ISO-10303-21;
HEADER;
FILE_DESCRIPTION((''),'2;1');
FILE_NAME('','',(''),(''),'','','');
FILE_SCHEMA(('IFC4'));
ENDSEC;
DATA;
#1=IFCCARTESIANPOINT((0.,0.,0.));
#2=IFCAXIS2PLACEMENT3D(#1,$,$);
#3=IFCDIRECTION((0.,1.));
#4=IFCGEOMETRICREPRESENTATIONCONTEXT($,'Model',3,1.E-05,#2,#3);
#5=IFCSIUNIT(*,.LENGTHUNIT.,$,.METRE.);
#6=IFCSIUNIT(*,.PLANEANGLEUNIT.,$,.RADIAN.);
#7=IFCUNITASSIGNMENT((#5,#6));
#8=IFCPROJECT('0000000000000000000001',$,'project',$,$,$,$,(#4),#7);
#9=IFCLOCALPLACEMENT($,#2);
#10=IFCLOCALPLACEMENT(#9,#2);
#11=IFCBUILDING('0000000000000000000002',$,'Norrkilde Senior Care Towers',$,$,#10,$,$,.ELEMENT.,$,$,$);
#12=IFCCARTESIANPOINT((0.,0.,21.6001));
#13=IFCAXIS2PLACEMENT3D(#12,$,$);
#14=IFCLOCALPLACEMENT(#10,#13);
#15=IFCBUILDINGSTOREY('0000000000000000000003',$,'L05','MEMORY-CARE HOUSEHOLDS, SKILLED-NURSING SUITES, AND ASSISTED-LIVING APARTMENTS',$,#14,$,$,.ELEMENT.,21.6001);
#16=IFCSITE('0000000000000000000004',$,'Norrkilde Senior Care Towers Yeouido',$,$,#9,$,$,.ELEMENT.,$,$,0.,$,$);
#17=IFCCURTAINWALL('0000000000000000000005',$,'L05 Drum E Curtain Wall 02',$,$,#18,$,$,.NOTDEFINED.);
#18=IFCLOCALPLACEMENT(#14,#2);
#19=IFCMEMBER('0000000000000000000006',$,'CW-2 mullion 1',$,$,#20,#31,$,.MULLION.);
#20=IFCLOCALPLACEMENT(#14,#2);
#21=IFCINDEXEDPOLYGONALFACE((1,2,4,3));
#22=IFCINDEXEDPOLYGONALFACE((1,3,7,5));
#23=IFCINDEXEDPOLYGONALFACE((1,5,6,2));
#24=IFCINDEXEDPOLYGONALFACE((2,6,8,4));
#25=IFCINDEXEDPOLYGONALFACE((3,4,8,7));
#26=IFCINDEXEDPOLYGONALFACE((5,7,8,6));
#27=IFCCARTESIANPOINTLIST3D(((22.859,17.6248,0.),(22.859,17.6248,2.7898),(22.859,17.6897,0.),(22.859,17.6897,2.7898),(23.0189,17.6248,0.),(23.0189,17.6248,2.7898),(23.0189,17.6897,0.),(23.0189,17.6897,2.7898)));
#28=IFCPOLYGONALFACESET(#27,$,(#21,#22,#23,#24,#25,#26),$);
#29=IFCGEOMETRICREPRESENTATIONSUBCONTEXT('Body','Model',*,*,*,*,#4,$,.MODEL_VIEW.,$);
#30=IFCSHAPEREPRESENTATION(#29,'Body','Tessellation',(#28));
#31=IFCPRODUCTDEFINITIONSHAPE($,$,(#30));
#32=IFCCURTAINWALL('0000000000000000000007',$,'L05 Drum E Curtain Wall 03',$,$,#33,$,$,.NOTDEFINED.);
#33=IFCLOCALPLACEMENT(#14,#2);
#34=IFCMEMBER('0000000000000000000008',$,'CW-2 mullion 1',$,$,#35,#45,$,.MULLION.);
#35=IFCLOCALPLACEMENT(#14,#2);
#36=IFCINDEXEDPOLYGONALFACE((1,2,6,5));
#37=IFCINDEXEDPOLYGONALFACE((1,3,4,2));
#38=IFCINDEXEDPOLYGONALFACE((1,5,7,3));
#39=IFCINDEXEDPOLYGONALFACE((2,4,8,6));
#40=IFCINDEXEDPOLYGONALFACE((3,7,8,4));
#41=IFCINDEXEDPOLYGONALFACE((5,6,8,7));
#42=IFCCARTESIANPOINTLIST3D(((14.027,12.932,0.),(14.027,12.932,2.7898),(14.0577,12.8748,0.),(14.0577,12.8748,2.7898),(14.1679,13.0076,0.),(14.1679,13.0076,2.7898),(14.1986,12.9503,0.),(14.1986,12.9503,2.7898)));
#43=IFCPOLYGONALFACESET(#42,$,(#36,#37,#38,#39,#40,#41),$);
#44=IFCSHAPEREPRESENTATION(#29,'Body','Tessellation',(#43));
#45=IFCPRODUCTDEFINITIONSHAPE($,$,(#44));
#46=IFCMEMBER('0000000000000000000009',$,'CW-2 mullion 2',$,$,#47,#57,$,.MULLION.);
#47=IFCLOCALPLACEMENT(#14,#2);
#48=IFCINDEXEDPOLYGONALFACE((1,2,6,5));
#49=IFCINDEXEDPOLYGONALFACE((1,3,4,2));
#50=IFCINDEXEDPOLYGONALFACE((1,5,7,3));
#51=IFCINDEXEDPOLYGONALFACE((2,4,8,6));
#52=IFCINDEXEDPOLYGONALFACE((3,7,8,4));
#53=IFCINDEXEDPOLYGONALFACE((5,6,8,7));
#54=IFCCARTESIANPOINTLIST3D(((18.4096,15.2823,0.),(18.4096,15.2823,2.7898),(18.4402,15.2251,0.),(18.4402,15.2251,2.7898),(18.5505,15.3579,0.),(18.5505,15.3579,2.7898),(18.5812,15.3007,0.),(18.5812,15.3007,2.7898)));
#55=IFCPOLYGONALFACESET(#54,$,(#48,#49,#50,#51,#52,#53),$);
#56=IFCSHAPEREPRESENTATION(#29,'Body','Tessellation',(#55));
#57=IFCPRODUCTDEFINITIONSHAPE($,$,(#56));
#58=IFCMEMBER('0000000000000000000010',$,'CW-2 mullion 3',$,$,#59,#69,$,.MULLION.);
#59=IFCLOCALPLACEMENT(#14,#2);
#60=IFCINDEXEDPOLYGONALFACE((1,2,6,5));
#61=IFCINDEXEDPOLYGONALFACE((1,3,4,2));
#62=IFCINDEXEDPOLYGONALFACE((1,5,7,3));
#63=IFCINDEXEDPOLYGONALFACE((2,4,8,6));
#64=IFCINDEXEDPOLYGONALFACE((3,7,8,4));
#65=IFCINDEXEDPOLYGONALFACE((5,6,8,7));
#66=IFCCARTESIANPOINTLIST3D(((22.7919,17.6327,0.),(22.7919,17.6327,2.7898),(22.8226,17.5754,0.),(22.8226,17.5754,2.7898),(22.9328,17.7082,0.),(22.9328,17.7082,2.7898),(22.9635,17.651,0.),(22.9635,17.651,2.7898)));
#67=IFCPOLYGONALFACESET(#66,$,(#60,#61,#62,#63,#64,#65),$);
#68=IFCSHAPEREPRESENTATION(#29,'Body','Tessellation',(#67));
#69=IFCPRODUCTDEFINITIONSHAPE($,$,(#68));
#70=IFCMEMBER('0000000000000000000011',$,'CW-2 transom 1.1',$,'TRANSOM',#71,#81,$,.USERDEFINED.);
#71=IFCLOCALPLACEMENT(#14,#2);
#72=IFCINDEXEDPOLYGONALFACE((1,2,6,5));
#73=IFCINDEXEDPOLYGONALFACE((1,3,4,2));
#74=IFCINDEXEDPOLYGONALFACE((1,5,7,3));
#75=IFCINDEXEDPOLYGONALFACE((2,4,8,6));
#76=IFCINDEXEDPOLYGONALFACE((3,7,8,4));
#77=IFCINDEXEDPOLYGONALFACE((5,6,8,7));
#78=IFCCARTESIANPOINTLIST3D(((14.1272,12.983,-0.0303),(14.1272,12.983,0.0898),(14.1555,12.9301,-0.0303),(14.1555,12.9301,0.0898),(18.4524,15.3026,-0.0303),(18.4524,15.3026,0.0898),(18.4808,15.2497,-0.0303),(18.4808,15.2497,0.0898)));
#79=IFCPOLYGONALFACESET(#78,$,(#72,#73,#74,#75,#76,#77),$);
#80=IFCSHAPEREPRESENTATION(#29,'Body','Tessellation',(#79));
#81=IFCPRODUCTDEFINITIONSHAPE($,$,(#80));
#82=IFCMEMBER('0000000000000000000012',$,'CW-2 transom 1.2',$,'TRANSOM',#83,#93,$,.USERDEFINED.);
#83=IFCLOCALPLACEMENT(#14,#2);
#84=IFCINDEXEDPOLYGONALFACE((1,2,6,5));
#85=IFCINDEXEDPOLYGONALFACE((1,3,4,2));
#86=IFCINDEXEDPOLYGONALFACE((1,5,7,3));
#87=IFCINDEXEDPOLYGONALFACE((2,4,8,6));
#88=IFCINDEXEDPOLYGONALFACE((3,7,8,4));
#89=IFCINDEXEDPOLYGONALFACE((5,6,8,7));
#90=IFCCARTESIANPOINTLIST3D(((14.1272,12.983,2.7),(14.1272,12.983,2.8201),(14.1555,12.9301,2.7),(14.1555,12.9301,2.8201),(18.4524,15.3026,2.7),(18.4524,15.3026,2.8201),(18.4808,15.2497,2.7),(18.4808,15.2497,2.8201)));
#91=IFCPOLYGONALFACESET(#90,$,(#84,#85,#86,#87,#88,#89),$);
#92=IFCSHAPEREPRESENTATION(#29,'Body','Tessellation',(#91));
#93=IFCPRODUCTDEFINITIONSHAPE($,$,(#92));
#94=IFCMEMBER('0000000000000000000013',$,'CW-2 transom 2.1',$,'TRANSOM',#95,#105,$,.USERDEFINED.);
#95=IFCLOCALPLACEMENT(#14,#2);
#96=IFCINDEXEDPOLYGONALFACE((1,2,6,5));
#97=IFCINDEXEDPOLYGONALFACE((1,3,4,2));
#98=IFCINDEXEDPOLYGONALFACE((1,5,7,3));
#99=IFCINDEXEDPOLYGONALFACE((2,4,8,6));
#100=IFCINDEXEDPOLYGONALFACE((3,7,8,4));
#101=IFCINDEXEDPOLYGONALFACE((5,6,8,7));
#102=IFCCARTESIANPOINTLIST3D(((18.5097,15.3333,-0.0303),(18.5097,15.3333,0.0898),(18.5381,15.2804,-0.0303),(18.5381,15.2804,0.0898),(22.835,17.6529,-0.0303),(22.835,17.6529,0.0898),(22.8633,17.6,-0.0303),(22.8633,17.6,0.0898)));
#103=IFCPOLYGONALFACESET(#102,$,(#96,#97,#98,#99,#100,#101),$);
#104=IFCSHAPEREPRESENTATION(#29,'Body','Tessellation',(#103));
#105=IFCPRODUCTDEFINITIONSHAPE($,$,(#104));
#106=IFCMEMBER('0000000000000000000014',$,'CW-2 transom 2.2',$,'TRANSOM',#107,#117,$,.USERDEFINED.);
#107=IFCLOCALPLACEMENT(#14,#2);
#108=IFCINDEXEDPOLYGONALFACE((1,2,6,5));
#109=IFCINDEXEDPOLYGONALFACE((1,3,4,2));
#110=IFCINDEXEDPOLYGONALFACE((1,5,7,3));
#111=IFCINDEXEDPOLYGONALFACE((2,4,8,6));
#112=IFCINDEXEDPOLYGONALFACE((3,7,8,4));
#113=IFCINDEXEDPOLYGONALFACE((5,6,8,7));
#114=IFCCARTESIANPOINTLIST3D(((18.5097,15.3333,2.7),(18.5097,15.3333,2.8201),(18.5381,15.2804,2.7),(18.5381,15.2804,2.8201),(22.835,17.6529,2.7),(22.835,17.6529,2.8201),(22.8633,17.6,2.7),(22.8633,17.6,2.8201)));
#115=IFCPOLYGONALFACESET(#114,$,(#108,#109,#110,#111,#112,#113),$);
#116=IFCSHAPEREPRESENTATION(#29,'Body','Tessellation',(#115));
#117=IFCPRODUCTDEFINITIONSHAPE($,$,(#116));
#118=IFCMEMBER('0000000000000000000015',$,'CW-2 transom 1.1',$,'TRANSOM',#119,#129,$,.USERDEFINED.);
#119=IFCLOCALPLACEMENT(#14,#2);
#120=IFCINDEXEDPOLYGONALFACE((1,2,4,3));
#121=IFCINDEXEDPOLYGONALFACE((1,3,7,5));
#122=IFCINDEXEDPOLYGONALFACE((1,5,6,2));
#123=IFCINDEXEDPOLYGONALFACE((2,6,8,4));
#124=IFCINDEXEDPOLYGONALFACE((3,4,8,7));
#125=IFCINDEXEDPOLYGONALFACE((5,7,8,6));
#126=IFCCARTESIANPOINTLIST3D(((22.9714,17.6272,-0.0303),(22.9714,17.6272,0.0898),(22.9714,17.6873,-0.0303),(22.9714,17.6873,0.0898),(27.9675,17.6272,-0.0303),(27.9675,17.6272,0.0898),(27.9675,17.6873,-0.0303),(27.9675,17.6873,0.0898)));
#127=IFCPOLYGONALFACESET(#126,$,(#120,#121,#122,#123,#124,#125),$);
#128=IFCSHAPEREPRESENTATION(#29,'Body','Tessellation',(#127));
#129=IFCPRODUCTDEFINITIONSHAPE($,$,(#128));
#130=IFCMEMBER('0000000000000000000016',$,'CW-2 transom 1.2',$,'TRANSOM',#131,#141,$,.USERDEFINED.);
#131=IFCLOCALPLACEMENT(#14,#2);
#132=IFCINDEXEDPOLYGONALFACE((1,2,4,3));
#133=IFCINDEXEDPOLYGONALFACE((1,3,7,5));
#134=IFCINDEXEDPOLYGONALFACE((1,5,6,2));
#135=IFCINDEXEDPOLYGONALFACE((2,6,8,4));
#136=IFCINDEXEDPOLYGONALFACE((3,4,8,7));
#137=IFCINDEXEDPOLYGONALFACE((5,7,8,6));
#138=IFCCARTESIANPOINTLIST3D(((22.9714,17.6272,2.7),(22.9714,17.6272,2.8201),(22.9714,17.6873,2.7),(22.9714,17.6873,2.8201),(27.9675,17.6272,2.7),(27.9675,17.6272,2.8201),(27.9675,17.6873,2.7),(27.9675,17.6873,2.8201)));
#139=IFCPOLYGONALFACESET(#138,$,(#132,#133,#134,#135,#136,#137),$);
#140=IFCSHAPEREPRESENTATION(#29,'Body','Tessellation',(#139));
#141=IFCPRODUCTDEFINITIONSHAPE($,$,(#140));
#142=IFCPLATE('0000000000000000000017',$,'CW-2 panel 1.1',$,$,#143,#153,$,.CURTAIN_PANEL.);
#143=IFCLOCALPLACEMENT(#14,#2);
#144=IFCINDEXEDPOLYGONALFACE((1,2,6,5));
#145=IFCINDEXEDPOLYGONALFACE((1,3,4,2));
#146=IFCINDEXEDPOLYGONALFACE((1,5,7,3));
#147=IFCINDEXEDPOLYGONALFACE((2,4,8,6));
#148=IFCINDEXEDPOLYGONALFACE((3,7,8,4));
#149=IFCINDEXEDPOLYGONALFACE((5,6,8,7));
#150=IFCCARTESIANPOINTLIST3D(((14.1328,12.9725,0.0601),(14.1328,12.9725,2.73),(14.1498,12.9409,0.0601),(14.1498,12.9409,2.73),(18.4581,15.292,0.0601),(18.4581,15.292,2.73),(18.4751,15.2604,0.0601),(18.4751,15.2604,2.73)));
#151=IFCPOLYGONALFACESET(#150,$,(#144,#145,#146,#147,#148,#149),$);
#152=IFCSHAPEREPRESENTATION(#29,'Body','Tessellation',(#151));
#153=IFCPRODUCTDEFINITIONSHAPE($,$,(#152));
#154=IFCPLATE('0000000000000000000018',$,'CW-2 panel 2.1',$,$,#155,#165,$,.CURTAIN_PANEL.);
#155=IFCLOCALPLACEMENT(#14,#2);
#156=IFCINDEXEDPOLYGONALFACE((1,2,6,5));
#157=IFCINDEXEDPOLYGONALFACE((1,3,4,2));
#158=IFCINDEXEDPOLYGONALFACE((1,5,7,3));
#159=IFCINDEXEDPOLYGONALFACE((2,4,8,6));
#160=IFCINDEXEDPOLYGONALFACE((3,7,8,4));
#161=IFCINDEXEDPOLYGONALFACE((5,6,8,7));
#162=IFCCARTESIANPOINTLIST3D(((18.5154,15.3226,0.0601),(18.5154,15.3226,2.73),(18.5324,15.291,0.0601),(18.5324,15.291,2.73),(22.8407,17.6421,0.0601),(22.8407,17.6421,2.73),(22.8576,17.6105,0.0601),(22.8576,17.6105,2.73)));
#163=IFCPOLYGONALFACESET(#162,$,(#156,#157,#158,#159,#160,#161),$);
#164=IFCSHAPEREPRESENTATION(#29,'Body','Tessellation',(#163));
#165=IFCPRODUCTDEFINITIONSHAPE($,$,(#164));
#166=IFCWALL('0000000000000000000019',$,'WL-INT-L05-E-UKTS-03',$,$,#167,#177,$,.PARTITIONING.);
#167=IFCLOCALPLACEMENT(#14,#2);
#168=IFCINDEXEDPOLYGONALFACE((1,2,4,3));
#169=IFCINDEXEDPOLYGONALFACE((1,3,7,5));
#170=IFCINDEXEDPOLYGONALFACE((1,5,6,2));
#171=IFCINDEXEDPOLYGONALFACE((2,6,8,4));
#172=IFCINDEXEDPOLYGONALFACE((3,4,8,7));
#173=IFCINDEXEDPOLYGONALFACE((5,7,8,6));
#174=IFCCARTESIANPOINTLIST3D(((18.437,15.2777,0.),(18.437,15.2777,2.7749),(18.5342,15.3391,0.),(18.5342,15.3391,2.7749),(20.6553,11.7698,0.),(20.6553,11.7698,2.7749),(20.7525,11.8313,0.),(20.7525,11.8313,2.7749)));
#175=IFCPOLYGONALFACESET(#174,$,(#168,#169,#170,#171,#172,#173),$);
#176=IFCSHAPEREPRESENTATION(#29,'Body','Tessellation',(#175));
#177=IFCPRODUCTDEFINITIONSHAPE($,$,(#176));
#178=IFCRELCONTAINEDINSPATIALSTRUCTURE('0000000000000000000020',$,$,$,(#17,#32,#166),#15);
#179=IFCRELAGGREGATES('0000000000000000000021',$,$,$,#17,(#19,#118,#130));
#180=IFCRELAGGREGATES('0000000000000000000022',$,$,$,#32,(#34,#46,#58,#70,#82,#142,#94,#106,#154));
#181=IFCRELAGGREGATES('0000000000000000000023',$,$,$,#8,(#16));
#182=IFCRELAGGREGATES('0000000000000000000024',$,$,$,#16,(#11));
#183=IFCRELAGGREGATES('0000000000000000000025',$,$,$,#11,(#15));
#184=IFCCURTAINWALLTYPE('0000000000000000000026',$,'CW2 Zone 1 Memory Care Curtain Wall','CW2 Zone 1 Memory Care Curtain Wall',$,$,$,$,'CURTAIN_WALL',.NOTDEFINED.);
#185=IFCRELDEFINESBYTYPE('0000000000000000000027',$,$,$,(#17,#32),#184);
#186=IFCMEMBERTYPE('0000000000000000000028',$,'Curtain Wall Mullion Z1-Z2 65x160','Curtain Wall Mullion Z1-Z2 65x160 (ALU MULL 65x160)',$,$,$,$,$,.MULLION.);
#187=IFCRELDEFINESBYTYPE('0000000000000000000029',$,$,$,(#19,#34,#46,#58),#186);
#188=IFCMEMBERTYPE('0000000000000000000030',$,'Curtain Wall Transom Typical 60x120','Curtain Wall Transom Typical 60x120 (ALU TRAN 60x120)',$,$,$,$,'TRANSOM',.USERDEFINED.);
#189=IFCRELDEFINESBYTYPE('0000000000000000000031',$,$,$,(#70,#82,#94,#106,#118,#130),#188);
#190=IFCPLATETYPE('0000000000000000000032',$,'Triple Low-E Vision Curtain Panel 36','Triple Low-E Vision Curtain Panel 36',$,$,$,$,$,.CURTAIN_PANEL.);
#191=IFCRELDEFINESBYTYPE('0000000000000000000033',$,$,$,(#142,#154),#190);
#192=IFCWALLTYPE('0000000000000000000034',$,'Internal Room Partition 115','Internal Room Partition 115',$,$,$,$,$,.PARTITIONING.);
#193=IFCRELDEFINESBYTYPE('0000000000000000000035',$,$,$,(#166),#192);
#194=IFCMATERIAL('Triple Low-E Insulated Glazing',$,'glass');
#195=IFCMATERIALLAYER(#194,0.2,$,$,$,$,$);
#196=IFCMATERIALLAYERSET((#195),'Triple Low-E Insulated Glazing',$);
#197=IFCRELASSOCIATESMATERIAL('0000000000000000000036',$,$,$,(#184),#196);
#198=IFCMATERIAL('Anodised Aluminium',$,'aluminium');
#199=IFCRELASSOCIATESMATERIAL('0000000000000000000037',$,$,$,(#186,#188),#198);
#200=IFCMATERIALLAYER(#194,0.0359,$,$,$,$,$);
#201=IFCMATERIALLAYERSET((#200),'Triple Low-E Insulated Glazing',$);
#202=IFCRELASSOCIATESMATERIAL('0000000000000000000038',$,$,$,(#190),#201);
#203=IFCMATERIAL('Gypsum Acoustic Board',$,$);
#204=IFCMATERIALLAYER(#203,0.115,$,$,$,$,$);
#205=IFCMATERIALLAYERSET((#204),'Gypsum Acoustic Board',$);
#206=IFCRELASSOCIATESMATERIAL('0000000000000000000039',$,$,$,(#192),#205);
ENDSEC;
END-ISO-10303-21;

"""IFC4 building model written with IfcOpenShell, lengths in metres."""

from ifc_helpers import new_model, si_unit, direction, frame, frame_2d, origin, origin_2d, place, context, subcontext, project, spatial, rectangle, extrude, source, transform, mapped, material, layer, layer_set, material_profile, profile_set, type_object, type_shapes, element, aggregate, save


model = new_model("IFC4")

# Units and contexts
model_context = context("Model", 3, precision=1e-05, world=origin(), true_north=direction((0.0, 1.0)))
body_context = subcontext(model_context, "Body", "Model", "MODEL_VIEW")
ifc_project = project(units=[si_unit("LENGTHUNIT", "METRE"), si_unit("PLANEANGLEUNIT", "RADIAN")], contexts=[model_context])

# Site, building, storey
site_placement = place(None, origin())
site = spatial("IfcSite", under=ifc_project, at=site_placement, Name="Norrkilde Senior Care Towers Yeouido", CompositionType="ELEMENT", RefElevation=0.0)
building_placement = place(site_placement, origin())
building = spatial("IfcBuilding", under=site, at=building_placement, Name="Norrkilde Senior Care Towers", CompositionType="ELEMENT")
storey_placement = place(building_placement, frame((0.0, 0.0, 21.6001)))
storey = spatial("IfcBuildingStorey", under=building, at=storey_placement, Name="L05", Description="MEMORY-CARE HOUSEHOLDS, SKILLED-NURSING SUITES, AND ASSISTED-LIVING APARTMENTS", CompositionType="ELEMENT", Elevation=21.6001)

# Curtain wall, member
ifc_material_1 = material(Name="Triple Low-E Insulated Glazing", Category="glass")
ifc_layer_1 = layer(ifc_material_1, 0.2)
ifc_layer_set_1 = layer_set([ifc_layer_1], Name="Triple Low-E Insulated Glazing")
curtain_wall_type = type_object("IfcCurtainWallType", Name="CW2 Zone 1 Memory Care Curtain Wall", Description="CW2 Zone 1 Memory Care Curtain Wall", ElementType="CURTAIN_WALL", PredefinedType="NOTDEFINED", material=ifc_layer_set_1)
curtain_wall_1_placement = place(storey_placement, origin())
curtain_wall_1 = element("IfcCurtainWall", 1, at=curtain_wall_1_placement, inside=storey, type_object=curtain_wall_type, Name="L05 Drum E Curtain Wall 02", PredefinedType="NOTDEFINED")
ifc_material_2 = material(Name="Anodised Aluminium", Category="aluminium")
ifc_material_profile_1 = material_profile(ifc_material_2, rectangle(XDim=0.0649, YDim=0.1599, at=origin_2d()), Name="ALU MULL 65x160")
ifc_profile_set_1 = profile_set([ifc_material_profile_1], Name="Anodised Aluminium")
member_type_1 = type_object("IfcMemberType", Name="Curtain Wall Mullion Z1-Z2 65x160", Description="Curtain Wall Mullion Z1-Z2 65x160 (ALU MULL 65x160)", PredefinedType="MULLION", material=ifc_profile_set_1)
shared_shape_1 = source(origin(), body_context, "Body", "SweptSolid", [
    extrude(rectangle(XDim=0.0649, YDim=0.1599, at=origin_2d()), origin(), (0.0, 0.0, 1.0), 2.7898),
])
type_shapes(member_type_1, [shared_shape_1])
member_1_placement = place(storey_placement, frame((22.939, 17.6572, 0.0), z_axis=(0.0, 0.0, 1.0), x_axis=(0.0, 1.0, 0.0)))
member_1 = element("IfcMember", 2, at=member_1_placement, type_object=member_type_1, Name="CW-2 mullion 1", PredefinedType="MULLION", context=body_context, shape_type="MappedRepresentation", body=[
    mapped(shared_shape_1, transform((0.0, 0.0, 0.0), x_axis=(1.0, 0.0, 0.0), y_axis=(0.0, 1.0, 0.0), z_axis=(0.0, 0.0, 1.0), scale=1.0)),
])

# Curtain wall, members
curtain_wall_2_placement = place(storey_placement, origin())
curtain_wall_2 = element("IfcCurtainWall", 3, at=curtain_wall_2_placement, inside=storey, type_object=curtain_wall_type, Name="L05 Drum E Curtain Wall 03", PredefinedType="NOTDEFINED")
member_2_placement = place(storey_placement, frame((14.1128, 12.9412, 0.0), z_axis=(0.0, 0.0, 1.0), x_axis=(-0.472608, 0.881273, 0.0)))
member_2 = element("IfcMember", 4, at=member_2_placement, type_object=member_type_1, Name="CW-2 mullion 1", PredefinedType="MULLION", context=body_context, shape_type="MappedRepresentation", body=[
    mapped(shared_shape_1, transform((0.0, 0.0, 0.0), x_axis=(1.0, 0.0, 0.0), y_axis=(0.0, 1.0, 0.0), z_axis=(0.0, 0.0, 1.0), scale=1.0)),
])
member_3_placement = place(storey_placement, frame((18.4954, 15.2915, 0.0), z_axis=(0.0, 0.0, 1.0), x_axis=(-0.472608, 0.881273, 0.0)))
member_3 = element("IfcMember", 5, at=member_3_placement, type_object=member_type_1, Name="CW-2 mullion 2", PredefinedType="MULLION", context=body_context, shape_type="MappedRepresentation", body=[
    mapped(shared_shape_1, transform((0.0, 0.0, 0.0), x_axis=(1.0, 0.0, 0.0), y_axis=(0.0, 1.0, 0.0), z_axis=(0.0, 0.0, 1.0), scale=1.0)),
])
member_4_placement = place(storey_placement, frame((22.8777, 17.6418, 0.0), z_axis=(0.0, 0.0, 1.0), x_axis=(-0.472608, 0.881273, 0.0)))
member_4 = element("IfcMember", 6, at=member_4_placement, type_object=member_type_1, Name="CW-2 mullion 3", PredefinedType="MULLION", context=body_context, shape_type="MappedRepresentation", body=[
    mapped(shared_shape_1, transform((0.0, 0.0, 0.0), x_axis=(1.0, 0.0, 0.0), y_axis=(0.0, 1.0, 0.0), z_axis=(0.0, 0.0, 1.0), scale=1.0)),
])
ifc_material_profile_2 = material_profile(ifc_material_2, rectangle(XDim=0.0601, YDim=0.1201, at=origin_2d()), Name="ALU TRAN 60x120")
ifc_profile_set_2 = profile_set([ifc_material_profile_2], Name="Anodised Aluminium")
member_type_2 = type_object("IfcMemberType", Name="Curtain Wall Transom Typical 60x120", Description="Curtain Wall Transom Typical 60x120 (ALU TRAN 60x120)", ElementType="TRANSOM", PredefinedType="USERDEFINED", material=ifc_profile_set_2)
shared_shape_2 = source(origin(), body_context, "Body", "SweptSolid", [
    extrude(rectangle(XDim=0.0601, YDim=0.1201, at=origin_2d()), origin(), (0.0, 0.0, 1.0), 4.908),
])
member_5_placement = place(storey_placement, frame((14.1414, 12.9565, 0.0298), z_axis=(0.881267, 0.472619, 0.0), x_axis=(-0.472619, 0.881267, 0.0)))
member_5 = element("IfcMember", 7, at=member_5_placement, type_object=member_type_2, Name="CW-2 transom 1.1", ObjectType="TRANSOM", PredefinedType="USERDEFINED", context=body_context, shape_type="MappedRepresentation", body=[
    mapped(shared_shape_2, transform((0.0, 0.0, 0.0), x_axis=(1.0, 0.0, 0.0), y_axis=(0.0, 1.0, 0.0), z_axis=(0.0, 0.0, 1.0), scale=1.0)),
])
member_6_placement = place(storey_placement, frame((14.1414, 12.9565, 2.76), z_axis=(0.881267, 0.472619, 0.0), x_axis=(-0.472619, 0.881267, 0.0)))
member_6 = element("IfcMember", 8, at=member_6_placement, type_object=member_type_2, Name="CW-2 transom 1.2", ObjectType="TRANSOM", PredefinedType="USERDEFINED", context=body_context, shape_type="MappedRepresentation", body=[
    mapped(shared_shape_2, transform((0.0, 0.0, 0.0), x_axis=(1.0, 0.0, 0.0), y_axis=(0.0, 1.0, 0.0), z_axis=(0.0, 0.0, 1.0), scale=1.0)),
])
member_7_placement = place(storey_placement, frame((18.5239, 15.3069, 0.0298), z_axis=(0.881267, 0.472619, 0.0), x_axis=(-0.472619, 0.881267, 0.0)))
member_7 = element("IfcMember", 9, at=member_7_placement, type_object=member_type_2, Name="CW-2 transom 2.1", ObjectType="TRANSOM", PredefinedType="USERDEFINED", context=body_context, shape_type="MappedRepresentation", body=[
    mapped(shared_shape_2, transform((0.0, 0.0, 0.0), x_axis=(1.0, 0.0, 0.0), y_axis=(0.0, 1.0, 0.0), z_axis=(0.0, 0.0, 1.0), scale=1.0)),
])
member_8_placement = place(storey_placement, frame((18.5239, 15.3069, 2.76), z_axis=(0.881267, 0.472619, 0.0), x_axis=(-0.472619, 0.881267, 0.0)))
member_8 = element("IfcMember", 10, at=member_8_placement, type_object=member_type_2, Name="CW-2 transom 2.2", ObjectType="TRANSOM", PredefinedType="USERDEFINED", context=body_context, shape_type="MappedRepresentation", body=[
    mapped(shared_shape_2, transform((0.0, 0.0, 0.0), x_axis=(1.0, 0.0, 0.0), y_axis=(0.0, 1.0, 0.0), z_axis=(0.0, 0.0, 1.0), scale=1.0)),
])

# Members
shared_shape_3 = source(origin(), body_context, "Body", "SweptSolid", [
    extrude(rectangle(XDim=0.0601, YDim=0.1201, at=origin_2d()), origin(), (0.0, 0.0, 1.0), 4.9961),
])
type_shapes(member_type_2, [shared_shape_2, shared_shape_3])
member_9_placement = place(storey_placement, frame((22.9714, 17.6572, 0.0298), z_axis=(1.0, 0.0, 0.0), x_axis=(0.0, 1.0, 0.0)))
member_9 = element("IfcMember", 11, at=member_9_placement, type_object=member_type_2, Name="CW-2 transom 1.1", ObjectType="TRANSOM", PredefinedType="USERDEFINED", context=body_context, shape_type="MappedRepresentation", body=[
    mapped(shared_shape_3, transform((0.0, 0.0, 0.0), x_axis=(1.0, 0.0, 0.0), y_axis=(0.0, 1.0, 0.0), z_axis=(0.0, 0.0, 1.0), scale=1.0)),
])
member_10_placement = place(storey_placement, frame((22.9714, 17.6572, 2.76), z_axis=(1.0, 0.0, 0.0), x_axis=(0.0, 1.0, 0.0)))
member_10 = element("IfcMember", 12, at=member_10_placement, type_object=member_type_2, Name="CW-2 transom 1.2", ObjectType="TRANSOM", PredefinedType="USERDEFINED", context=body_context, shape_type="MappedRepresentation", body=[
    mapped(shared_shape_3, transform((0.0, 0.0, 0.0), x_axis=(1.0, 0.0, 0.0), y_axis=(0.0, 1.0, 0.0), z_axis=(0.0, 0.0, 1.0), scale=1.0)),
])
aggregate(curtain_wall_1, [member_1, member_9, member_10])

# Plates
ifc_layer_2 = layer(ifc_material_1, 0.0359)
ifc_layer_set_2 = layer_set([ifc_layer_2], Name="Triple Low-E Insulated Glazing")
plate_type = type_object("IfcPlateType", Name="Triple Low-E Vision Curtain Panel 36", Description="Triple Low-E Vision Curtain Panel 36", PredefinedType="CURTAIN_PANEL", material=ifc_layer_set_2)
shared_shape_4 = source(origin(), body_context, "Body", "SweptSolid", [
    extrude(rectangle(XDim=4.908, YDim=0.0359, at=origin_2d()), origin(), (0.0, 0.0, 1.0), 2.6699),
])
type_shapes(plate_type, [shared_shape_4])
plate_1_placement = place(storey_placement, frame((16.304, 14.1165, 0.0601), z_axis=(0.0, 0.0, 1.0), x_axis=(0.881273, 0.472608, 0.0)))
plate_1 = element("IfcPlate", 13, at=plate_1_placement, type_object=plate_type, Name="CW-2 panel 1.1", PredefinedType="CURTAIN_PANEL", context=body_context, shape_type="MappedRepresentation", body=[
    mapped(shared_shape_4, transform((0.0, 0.0, 0.0), x_axis=(1.0, 0.0, 0.0), y_axis=(0.0, 1.0, 0.0), z_axis=(0.0, 0.0, 1.0), scale=1.0)),
])
plate_2_placement = place(storey_placement, frame((20.6865, 16.4666, 0.0601), z_axis=(0.0, 0.0, 1.0), x_axis=(0.881273, 0.472608, 0.0)))
plate_2 = element("IfcPlate", 14, at=plate_2_placement, type_object=plate_type, Name="CW-2 panel 2.1", PredefinedType="CURTAIN_PANEL", context=body_context, shape_type="MappedRepresentation", body=[
    mapped(shared_shape_4, transform((0.0, 0.0, 0.0), x_axis=(1.0, 0.0, 0.0), y_axis=(0.0, 1.0, 0.0), z_axis=(0.0, 0.0, 1.0), scale=1.0)),
])
aggregate(curtain_wall_2, [member_2, member_3, member_4, member_5, member_6, plate_1, member_7, member_8, plate_2])

# Wall
ifc_material_3 = material(Name="Gypsum Acoustic Board")
ifc_layer_3 = layer(ifc_material_3, 0.115)
ifc_layer_set_3 = layer_set([ifc_layer_3], Name="Gypsum Acoustic Board")
wall_type = type_object("IfcWallType", Name="Internal Room Partition 115", Description="Internal Room Partition 115", PredefinedType="PARTITIONING", material=ifc_layer_set_3)
shared_shape_5 = source(origin(), body_context, "Body", "SweptSolid", [
    extrude(rectangle(XDim=4.1504, YDim=0.115, at=frame_2d((2.0752, 0.0))), origin(), (0.0, 0.0, 1.0), 2.7749),
])
wall_1_placement = place(storey_placement, frame((20.7039, 11.8005, 0.0), z_axis=(0.0, 0.0, 1.0), x_axis=(-0.534475, 0.845184, 0.0)))
element("IfcWall", 15, at=wall_1_placement, inside=storey, type_object=wall_type, Name="WL-INT-L05-E-UKTS-03", PredefinedType="PARTITIONING", context=body_context, shape_type="MappedRepresentation", body=[
    mapped(shared_shape_5, transform((0.0, 0.0, 0.0), x_axis=(1.0, 0.0, 0.0), y_axis=(0.0, 1.0, 0.0), z_axis=(0.0, 0.0, 1.0), scale=1.0)),
])

save(model, "model.ifc")
